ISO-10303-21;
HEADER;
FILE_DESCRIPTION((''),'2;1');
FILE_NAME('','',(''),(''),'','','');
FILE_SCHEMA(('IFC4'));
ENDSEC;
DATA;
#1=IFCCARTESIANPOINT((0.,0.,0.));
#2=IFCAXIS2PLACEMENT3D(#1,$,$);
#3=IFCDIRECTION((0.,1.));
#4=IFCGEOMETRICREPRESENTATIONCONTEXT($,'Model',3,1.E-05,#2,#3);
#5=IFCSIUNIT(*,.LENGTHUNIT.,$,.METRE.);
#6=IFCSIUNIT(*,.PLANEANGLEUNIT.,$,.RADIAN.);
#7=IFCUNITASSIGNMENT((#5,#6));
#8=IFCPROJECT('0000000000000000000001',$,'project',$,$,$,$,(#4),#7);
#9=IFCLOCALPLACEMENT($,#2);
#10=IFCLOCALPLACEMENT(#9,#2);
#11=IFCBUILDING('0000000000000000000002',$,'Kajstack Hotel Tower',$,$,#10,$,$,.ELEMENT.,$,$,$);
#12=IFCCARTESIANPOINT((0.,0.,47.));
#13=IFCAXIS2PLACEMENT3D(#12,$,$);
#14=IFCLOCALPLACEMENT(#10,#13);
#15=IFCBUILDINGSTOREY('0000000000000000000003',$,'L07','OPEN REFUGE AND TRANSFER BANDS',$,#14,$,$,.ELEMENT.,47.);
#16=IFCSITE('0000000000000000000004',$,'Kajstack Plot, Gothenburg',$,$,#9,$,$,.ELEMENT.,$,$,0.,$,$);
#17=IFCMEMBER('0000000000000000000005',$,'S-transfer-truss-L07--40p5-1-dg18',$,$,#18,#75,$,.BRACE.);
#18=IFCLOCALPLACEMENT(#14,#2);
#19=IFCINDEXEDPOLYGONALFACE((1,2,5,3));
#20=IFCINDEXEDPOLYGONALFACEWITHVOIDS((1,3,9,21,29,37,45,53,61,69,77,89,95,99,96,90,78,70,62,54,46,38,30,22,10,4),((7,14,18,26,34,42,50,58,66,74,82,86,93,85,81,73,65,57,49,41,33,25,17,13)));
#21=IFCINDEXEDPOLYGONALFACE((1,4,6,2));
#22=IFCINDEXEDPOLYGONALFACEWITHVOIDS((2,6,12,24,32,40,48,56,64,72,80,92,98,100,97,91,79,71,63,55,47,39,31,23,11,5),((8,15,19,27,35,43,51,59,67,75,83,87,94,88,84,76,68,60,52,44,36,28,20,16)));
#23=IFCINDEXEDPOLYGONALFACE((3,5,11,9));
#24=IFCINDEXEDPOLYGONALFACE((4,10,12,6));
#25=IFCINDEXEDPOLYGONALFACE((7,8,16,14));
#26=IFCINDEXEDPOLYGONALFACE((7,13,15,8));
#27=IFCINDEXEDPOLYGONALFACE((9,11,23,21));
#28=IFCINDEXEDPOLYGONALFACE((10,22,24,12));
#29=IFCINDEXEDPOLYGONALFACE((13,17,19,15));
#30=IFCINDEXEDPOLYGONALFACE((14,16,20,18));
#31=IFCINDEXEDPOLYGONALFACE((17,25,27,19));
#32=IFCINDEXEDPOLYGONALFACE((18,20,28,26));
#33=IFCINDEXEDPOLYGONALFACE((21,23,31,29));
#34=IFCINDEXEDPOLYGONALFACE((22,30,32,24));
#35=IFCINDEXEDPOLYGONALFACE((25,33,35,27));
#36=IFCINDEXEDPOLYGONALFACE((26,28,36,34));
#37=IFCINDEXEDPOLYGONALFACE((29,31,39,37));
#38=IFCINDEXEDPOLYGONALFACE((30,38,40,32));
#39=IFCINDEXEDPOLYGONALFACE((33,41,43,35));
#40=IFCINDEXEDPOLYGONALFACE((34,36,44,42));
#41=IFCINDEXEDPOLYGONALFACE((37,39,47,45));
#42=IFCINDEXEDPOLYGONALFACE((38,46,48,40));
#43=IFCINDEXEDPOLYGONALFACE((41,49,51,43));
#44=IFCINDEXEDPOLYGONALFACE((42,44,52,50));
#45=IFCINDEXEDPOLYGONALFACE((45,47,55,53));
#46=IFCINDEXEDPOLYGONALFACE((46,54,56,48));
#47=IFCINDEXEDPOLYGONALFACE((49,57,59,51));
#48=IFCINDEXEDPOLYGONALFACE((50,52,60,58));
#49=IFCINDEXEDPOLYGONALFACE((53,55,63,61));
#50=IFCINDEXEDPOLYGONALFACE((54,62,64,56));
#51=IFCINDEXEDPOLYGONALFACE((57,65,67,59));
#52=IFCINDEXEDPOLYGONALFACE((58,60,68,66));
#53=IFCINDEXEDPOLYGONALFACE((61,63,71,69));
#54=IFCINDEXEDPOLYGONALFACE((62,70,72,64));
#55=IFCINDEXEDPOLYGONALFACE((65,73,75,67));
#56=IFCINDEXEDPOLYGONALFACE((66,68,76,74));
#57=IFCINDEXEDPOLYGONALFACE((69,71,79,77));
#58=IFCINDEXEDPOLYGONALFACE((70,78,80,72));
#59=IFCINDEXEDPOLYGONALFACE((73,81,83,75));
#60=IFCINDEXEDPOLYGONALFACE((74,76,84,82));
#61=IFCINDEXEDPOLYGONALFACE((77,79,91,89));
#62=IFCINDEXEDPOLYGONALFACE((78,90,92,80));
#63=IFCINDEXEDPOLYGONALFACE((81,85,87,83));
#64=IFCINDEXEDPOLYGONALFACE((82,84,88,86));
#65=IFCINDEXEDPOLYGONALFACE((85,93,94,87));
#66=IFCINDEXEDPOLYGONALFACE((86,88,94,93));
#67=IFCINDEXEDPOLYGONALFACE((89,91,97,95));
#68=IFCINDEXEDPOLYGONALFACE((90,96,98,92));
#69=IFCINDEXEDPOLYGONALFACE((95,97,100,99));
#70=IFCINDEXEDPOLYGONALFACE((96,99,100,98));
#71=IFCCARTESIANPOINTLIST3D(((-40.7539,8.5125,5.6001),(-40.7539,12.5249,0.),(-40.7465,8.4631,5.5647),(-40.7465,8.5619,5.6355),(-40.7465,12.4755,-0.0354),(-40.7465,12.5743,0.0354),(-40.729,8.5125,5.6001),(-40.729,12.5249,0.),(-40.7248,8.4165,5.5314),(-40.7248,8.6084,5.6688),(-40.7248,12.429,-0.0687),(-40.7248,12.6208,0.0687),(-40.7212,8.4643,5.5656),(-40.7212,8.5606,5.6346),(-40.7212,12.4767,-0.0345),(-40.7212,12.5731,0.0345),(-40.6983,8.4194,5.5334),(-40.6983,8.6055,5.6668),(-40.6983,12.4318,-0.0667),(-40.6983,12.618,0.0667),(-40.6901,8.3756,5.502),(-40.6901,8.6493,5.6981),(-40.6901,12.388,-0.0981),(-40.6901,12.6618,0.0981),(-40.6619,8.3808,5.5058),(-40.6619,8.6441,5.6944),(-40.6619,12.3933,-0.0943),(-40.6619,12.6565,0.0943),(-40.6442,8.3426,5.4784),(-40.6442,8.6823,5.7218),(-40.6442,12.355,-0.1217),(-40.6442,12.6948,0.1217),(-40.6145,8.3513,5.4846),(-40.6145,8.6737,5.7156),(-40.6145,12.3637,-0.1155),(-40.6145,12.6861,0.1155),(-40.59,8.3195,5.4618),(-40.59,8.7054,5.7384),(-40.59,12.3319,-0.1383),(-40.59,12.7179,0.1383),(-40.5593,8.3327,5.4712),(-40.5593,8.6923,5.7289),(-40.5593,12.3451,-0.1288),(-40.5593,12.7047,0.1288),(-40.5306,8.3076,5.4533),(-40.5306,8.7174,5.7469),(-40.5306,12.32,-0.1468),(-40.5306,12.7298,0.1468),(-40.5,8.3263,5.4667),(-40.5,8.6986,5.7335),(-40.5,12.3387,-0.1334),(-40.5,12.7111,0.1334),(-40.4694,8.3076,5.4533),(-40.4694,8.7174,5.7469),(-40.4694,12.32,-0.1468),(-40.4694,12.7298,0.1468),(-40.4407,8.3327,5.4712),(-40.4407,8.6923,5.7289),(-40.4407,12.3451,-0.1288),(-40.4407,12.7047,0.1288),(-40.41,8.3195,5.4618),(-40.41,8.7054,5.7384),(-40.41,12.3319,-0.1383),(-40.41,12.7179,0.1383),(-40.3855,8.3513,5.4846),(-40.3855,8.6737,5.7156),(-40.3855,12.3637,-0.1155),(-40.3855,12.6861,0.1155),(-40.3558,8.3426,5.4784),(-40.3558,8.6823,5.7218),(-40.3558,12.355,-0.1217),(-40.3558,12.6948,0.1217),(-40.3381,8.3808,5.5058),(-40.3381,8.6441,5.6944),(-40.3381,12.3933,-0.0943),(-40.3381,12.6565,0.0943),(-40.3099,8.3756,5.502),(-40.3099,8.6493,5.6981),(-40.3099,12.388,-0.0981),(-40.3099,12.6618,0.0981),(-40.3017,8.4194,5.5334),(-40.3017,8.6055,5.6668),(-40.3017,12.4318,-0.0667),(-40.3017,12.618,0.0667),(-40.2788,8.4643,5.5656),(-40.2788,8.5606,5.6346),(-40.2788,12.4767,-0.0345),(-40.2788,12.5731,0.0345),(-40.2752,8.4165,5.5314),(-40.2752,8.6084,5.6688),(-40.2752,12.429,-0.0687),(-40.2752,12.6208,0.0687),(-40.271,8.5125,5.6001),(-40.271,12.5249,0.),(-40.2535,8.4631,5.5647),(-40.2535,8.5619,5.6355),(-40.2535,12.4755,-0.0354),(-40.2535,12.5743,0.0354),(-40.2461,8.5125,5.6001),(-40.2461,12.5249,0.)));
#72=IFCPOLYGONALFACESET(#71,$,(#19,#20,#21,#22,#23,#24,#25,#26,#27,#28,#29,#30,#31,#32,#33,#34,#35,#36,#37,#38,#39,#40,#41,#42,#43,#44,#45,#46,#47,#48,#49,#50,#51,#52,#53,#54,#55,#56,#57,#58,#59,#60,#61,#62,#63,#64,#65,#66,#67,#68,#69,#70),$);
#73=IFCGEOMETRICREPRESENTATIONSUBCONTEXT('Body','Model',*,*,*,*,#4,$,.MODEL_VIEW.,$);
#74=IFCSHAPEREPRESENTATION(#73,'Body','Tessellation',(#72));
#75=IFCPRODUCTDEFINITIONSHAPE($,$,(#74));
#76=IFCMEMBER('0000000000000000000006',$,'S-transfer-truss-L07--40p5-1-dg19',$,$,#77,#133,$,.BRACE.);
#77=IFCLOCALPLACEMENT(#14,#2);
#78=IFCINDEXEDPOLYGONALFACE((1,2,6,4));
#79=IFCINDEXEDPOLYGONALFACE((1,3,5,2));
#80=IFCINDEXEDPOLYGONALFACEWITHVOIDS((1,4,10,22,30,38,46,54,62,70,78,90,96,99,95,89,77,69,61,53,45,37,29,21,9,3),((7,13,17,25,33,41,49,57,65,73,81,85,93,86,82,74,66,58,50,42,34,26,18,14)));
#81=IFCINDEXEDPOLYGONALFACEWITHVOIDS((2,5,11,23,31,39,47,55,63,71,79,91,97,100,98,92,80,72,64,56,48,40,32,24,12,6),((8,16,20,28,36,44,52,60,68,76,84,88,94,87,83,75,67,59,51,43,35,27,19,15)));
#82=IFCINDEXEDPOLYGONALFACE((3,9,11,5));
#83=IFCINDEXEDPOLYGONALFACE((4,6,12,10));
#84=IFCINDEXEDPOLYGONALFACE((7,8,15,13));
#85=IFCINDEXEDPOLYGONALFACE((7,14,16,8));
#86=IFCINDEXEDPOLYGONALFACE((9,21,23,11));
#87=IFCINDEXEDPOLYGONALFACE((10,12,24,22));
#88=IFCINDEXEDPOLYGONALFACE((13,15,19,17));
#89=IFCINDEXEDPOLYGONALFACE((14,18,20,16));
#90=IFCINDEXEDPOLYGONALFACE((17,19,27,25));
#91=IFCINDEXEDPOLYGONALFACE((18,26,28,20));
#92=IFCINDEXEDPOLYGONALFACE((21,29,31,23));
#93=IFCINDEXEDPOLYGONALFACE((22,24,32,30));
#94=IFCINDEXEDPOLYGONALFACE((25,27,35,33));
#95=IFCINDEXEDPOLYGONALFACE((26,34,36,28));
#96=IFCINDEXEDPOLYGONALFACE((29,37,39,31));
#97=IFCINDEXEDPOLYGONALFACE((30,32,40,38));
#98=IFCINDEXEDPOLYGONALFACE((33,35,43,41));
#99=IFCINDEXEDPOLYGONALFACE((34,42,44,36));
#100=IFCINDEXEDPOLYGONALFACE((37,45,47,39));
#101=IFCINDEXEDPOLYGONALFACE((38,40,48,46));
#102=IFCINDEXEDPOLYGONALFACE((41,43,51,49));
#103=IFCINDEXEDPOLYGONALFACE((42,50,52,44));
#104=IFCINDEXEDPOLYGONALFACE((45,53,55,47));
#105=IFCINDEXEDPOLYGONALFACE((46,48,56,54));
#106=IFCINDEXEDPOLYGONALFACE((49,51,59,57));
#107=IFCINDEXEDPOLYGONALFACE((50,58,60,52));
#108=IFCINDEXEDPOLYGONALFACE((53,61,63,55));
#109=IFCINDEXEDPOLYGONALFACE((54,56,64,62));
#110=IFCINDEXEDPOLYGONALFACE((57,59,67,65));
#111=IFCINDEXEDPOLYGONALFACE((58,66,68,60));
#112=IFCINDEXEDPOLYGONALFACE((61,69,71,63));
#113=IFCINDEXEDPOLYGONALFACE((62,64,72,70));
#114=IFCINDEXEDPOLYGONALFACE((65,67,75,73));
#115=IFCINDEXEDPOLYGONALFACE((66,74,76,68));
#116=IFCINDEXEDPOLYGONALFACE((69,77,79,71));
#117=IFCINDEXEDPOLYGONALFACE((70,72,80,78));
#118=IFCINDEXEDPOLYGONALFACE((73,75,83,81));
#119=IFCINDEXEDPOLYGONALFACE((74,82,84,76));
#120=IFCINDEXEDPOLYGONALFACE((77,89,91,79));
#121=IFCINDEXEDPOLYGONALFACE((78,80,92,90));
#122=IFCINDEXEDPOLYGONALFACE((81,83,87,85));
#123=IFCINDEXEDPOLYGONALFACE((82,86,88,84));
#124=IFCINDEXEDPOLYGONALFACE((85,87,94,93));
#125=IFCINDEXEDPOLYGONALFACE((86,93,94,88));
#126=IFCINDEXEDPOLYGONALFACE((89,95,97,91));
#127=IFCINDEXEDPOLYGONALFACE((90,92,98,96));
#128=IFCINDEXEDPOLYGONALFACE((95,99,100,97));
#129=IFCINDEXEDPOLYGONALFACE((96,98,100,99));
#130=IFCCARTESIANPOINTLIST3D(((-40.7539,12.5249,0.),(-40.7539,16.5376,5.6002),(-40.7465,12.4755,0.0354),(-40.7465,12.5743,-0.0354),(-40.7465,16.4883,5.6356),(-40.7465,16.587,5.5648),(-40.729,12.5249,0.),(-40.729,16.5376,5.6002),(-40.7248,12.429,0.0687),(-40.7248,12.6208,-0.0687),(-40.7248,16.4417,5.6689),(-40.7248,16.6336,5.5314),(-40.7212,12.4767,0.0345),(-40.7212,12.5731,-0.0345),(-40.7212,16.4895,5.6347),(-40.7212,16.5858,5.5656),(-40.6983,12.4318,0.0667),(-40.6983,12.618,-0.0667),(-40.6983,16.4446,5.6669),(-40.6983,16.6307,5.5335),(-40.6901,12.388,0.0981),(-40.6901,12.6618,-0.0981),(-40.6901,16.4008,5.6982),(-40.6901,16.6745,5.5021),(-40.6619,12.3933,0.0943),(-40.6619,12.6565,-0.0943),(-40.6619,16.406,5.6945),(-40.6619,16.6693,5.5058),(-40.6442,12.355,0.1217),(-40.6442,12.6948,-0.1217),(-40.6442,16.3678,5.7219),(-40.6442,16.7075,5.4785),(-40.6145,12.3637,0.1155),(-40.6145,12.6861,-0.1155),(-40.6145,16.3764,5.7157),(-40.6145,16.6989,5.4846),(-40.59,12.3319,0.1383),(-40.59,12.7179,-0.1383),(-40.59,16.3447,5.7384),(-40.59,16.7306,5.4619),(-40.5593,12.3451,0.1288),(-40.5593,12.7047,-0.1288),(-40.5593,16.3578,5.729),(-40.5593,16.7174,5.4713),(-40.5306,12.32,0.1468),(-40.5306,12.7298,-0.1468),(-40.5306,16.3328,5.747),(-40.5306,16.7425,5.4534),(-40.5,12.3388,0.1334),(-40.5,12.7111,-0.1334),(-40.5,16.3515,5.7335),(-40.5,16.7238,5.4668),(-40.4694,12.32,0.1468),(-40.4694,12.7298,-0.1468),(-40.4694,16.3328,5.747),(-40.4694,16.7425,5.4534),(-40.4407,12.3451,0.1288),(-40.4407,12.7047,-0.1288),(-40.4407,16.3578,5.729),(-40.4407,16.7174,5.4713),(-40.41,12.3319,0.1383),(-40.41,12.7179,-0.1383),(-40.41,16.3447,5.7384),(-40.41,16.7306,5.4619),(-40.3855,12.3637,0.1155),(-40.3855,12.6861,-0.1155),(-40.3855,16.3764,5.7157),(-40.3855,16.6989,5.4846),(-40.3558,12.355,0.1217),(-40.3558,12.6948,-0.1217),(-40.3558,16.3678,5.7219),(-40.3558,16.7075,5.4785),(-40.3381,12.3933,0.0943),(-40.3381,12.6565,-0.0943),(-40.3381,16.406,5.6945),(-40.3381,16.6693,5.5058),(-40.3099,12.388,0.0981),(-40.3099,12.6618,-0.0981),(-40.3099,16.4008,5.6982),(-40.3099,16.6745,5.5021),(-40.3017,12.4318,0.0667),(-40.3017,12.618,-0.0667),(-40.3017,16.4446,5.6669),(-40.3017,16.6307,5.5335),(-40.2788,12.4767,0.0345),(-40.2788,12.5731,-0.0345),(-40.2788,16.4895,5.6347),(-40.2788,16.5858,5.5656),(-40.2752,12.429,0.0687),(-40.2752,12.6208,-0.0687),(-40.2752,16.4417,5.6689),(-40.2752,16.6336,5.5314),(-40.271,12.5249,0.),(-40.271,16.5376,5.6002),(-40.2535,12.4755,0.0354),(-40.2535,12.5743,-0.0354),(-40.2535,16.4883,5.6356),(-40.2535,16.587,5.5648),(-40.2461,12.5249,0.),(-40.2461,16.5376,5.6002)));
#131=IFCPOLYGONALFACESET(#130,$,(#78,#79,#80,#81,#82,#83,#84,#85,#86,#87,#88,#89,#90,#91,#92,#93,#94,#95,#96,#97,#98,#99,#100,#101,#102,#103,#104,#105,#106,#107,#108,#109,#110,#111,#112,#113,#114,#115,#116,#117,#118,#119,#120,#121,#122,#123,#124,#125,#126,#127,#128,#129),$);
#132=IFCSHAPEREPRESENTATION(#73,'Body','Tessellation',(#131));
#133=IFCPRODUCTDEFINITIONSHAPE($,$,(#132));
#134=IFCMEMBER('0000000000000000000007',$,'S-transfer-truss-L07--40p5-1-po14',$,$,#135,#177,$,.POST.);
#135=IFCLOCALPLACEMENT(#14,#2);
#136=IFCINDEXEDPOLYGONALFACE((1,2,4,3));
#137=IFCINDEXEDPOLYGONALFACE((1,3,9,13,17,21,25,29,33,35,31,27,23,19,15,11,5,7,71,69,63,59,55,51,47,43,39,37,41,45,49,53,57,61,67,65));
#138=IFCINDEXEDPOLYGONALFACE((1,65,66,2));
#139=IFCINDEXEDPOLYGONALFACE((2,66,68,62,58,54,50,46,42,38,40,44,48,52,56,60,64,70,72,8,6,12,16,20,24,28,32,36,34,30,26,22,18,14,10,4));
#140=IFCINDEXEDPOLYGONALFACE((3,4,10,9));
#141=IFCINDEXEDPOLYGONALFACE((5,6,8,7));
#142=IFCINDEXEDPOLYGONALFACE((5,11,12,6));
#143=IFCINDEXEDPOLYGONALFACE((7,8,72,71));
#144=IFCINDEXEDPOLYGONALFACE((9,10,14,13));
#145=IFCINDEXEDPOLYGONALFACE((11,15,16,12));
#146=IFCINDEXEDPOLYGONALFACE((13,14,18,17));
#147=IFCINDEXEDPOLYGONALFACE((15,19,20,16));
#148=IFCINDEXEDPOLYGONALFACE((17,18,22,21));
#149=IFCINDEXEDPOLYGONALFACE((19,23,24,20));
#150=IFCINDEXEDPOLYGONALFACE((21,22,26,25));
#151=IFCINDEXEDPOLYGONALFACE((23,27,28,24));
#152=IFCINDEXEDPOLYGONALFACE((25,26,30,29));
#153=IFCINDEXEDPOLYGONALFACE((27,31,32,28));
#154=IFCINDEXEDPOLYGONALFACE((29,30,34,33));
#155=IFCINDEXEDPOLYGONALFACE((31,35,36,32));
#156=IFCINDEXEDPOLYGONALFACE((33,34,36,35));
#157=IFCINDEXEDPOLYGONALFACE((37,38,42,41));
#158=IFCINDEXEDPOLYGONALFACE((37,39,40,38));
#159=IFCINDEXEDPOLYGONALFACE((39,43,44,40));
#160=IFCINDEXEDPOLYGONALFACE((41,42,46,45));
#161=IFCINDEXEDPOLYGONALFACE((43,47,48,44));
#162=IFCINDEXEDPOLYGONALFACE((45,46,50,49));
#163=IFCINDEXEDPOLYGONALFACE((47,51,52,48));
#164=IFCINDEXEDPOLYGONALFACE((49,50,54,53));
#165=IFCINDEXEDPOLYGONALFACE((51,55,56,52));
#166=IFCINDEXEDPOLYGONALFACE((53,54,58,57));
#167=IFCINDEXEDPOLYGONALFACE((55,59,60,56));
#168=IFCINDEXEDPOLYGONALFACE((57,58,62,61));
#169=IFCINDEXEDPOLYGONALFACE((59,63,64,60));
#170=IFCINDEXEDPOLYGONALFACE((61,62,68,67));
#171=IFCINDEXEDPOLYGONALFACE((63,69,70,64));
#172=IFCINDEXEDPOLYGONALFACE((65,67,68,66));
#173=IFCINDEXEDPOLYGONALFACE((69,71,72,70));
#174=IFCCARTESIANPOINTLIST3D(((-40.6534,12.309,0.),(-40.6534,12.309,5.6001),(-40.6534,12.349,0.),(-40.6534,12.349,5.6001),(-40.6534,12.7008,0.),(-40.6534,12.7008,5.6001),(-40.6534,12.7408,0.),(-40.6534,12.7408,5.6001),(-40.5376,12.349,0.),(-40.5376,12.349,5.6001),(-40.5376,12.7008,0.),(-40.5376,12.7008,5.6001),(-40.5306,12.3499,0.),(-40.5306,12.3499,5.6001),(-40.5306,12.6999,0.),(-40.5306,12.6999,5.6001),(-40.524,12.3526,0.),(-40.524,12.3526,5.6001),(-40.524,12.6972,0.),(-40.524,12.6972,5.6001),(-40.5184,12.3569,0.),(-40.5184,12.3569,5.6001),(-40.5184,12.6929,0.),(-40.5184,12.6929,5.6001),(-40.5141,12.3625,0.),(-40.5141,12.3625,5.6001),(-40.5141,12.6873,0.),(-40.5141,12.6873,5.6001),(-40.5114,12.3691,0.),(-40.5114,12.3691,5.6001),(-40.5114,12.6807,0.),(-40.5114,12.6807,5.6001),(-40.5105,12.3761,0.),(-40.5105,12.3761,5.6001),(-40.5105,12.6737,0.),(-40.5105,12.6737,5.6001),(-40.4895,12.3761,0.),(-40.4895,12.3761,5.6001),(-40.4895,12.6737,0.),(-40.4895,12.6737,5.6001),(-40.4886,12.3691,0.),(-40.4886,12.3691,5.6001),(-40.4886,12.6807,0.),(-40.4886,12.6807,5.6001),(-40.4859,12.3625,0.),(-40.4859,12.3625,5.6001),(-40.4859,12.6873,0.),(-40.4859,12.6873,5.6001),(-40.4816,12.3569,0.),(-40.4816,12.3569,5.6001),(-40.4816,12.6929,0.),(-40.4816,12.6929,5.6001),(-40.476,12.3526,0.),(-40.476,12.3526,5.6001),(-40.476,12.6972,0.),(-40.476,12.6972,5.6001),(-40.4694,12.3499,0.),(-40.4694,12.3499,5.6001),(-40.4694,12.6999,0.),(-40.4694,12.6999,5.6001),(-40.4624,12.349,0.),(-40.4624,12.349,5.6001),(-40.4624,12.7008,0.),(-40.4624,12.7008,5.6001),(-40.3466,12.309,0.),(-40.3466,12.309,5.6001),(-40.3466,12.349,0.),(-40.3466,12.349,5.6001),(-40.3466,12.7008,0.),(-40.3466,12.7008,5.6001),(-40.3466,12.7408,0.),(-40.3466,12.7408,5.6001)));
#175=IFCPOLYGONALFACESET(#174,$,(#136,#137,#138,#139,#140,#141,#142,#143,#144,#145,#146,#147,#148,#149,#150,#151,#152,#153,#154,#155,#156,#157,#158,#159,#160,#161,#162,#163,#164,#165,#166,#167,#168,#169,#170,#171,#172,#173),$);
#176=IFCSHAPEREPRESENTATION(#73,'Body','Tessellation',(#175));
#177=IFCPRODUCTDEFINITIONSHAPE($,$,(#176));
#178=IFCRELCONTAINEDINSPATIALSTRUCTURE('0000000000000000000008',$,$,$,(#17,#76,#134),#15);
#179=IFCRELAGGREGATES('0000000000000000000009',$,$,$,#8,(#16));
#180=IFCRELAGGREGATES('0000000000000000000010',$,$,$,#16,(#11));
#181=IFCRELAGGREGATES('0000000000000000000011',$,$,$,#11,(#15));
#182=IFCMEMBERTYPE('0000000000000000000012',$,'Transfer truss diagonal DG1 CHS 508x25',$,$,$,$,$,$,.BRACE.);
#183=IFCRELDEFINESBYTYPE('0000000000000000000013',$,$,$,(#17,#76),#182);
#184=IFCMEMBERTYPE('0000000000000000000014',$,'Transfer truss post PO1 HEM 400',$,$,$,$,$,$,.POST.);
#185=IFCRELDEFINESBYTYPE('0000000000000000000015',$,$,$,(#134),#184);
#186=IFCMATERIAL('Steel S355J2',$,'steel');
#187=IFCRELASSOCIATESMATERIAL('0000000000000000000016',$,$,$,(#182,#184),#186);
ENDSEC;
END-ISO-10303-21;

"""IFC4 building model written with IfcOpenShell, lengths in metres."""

from ifc_helpers import new_model, si_unit, direction, frame, origin, origin_2d, place, context, subcontext, project, spatial, hollow_circle, i_section, extrude, material, material_profile, profile_set, type_object, element, save


model = new_model("IFC4")

# Units and contexts
model_context = context("Model", 3, precision=1e-05, world=origin(), true_north=direction((0.0, 1.0)))
body_context = subcontext(model_context, "Body", "Model", "MODEL_VIEW")
ifc_project = project(units=[si_unit("LENGTHUNIT", "METRE"), si_unit("PLANEANGLEUNIT", "RADIAN")], contexts=[model_context])

# Site, building, storey
site_placement = place(None, origin())
site = spatial("IfcSite", under=ifc_project, at=site_placement, Name="Kajstack Plot, Gothenburg", CompositionType="ELEMENT", RefElevation=0.0)
building_placement = place(site_placement, origin())
building = spatial("IfcBuilding", under=site, at=building_placement, Name="Kajstack Hotel Tower", CompositionType="ELEMENT")
storey_placement = place(building_placement, frame((0.0, 0.0, 47.0)))
storey = spatial("IfcBuildingStorey", under=building, at=storey_placement, Name="L07", Description="OPEN REFUGE AND TRANSFER BANDS", CompositionType="ELEMENT", Elevation=47.0)

# Members
ifc_material_1 = material(Name="Steel S355J2", Category="steel")
ifc_material_profile_1 = material_profile(ifc_material_1, hollow_circle(Radius=0.2539, WallThickness=0.0249, at=origin_2d()), Name="CHS 508x25")
ifc_profile_set_1 = profile_set([ifc_material_profile_1], Name="Steel S355J2")
member_type_1 = type_object("IfcMemberType", Name="Transfer truss diagonal DG1 CHS 508x25", PredefinedType="BRACE", material=ifc_profile_set_1)
member_1_placement = place(storey_placement, frame((-40.5, 12.5249, 0.0), z_axis=(0.0, -0.582428, 0.812883), x_axis=(1.0, 0.0, 0.0)))
element("IfcMember", 1, at=member_1_placement, inside=storey, type_object=member_type_1, Name="S-transfer-truss-L07--40p5-1-dg18", PredefinedType="BRACE", context=body_context, shape_type="SweptSolid", body=[
    extrude(hollow_circle(Radius=0.2539, WallThickness=0.0249, at=origin_2d()), origin(), (0.0, 0.0, 1.0), 6.8892),
])
member_2_placement = place(storey_placement, frame((-40.5, 12.5249, 0.0), z_axis=(0.0, 0.582451, 0.812866), x_axis=(-1.0, 0.0, 0.0)))
element("IfcMember", 2, at=member_2_placement, inside=storey, type_object=member_type_1, Name="S-transfer-truss-L07--40p5-1-dg19", PredefinedType="BRACE", context=body_context, shape_type="SweptSolid", body=[
    extrude(hollow_circle(Radius=0.2539, WallThickness=0.0249, at=origin_2d()), origin(), (0.0, 0.0, 1.0), 6.8894),
])
ifc_material_profile_2 = material_profile(ifc_material_1, i_section(OverallWidth=0.3069, OverallDepth=0.4319, WebThickness=0.021, FlangeThickness=0.04, FilletRadius=0.0271, at=origin_2d()), Name="HEM 400")
ifc_profile_set_2 = profile_set([ifc_material_profile_2], Name="Steel S355J2")
member_type_2 = type_object("IfcMemberType", Name="Transfer truss post PO1 HEM 400", PredefinedType="POST", material=ifc_profile_set_2)
for number, where, z_axis, x_axis, name in (
    (3, (-40.5, 12.5249, 0.0), (0.0, 0.0, 1.0), (1.0, 0.0, 0.0), "S-transfer-truss-L07--40p5-1-po14"),
):
    element("IfcMember", number, at=place(storey_placement, frame(where, z_axis=z_axis, x_axis=x_axis)), inside=storey, type_object=member_type_2, Name=name, PredefinedType="POST", context=body_context, shape_type="SweptSolid", body=[
        extrude(i_section(OverallWidth=0.3069, OverallDepth=0.4319, WebThickness=0.021, FlangeThickness=0.04, FilletRadius=0.0271, at=origin_2d()), origin(), (0.0, 0.0, 1.0), 5.6001),
    ])

save(model, "model.ifc")
